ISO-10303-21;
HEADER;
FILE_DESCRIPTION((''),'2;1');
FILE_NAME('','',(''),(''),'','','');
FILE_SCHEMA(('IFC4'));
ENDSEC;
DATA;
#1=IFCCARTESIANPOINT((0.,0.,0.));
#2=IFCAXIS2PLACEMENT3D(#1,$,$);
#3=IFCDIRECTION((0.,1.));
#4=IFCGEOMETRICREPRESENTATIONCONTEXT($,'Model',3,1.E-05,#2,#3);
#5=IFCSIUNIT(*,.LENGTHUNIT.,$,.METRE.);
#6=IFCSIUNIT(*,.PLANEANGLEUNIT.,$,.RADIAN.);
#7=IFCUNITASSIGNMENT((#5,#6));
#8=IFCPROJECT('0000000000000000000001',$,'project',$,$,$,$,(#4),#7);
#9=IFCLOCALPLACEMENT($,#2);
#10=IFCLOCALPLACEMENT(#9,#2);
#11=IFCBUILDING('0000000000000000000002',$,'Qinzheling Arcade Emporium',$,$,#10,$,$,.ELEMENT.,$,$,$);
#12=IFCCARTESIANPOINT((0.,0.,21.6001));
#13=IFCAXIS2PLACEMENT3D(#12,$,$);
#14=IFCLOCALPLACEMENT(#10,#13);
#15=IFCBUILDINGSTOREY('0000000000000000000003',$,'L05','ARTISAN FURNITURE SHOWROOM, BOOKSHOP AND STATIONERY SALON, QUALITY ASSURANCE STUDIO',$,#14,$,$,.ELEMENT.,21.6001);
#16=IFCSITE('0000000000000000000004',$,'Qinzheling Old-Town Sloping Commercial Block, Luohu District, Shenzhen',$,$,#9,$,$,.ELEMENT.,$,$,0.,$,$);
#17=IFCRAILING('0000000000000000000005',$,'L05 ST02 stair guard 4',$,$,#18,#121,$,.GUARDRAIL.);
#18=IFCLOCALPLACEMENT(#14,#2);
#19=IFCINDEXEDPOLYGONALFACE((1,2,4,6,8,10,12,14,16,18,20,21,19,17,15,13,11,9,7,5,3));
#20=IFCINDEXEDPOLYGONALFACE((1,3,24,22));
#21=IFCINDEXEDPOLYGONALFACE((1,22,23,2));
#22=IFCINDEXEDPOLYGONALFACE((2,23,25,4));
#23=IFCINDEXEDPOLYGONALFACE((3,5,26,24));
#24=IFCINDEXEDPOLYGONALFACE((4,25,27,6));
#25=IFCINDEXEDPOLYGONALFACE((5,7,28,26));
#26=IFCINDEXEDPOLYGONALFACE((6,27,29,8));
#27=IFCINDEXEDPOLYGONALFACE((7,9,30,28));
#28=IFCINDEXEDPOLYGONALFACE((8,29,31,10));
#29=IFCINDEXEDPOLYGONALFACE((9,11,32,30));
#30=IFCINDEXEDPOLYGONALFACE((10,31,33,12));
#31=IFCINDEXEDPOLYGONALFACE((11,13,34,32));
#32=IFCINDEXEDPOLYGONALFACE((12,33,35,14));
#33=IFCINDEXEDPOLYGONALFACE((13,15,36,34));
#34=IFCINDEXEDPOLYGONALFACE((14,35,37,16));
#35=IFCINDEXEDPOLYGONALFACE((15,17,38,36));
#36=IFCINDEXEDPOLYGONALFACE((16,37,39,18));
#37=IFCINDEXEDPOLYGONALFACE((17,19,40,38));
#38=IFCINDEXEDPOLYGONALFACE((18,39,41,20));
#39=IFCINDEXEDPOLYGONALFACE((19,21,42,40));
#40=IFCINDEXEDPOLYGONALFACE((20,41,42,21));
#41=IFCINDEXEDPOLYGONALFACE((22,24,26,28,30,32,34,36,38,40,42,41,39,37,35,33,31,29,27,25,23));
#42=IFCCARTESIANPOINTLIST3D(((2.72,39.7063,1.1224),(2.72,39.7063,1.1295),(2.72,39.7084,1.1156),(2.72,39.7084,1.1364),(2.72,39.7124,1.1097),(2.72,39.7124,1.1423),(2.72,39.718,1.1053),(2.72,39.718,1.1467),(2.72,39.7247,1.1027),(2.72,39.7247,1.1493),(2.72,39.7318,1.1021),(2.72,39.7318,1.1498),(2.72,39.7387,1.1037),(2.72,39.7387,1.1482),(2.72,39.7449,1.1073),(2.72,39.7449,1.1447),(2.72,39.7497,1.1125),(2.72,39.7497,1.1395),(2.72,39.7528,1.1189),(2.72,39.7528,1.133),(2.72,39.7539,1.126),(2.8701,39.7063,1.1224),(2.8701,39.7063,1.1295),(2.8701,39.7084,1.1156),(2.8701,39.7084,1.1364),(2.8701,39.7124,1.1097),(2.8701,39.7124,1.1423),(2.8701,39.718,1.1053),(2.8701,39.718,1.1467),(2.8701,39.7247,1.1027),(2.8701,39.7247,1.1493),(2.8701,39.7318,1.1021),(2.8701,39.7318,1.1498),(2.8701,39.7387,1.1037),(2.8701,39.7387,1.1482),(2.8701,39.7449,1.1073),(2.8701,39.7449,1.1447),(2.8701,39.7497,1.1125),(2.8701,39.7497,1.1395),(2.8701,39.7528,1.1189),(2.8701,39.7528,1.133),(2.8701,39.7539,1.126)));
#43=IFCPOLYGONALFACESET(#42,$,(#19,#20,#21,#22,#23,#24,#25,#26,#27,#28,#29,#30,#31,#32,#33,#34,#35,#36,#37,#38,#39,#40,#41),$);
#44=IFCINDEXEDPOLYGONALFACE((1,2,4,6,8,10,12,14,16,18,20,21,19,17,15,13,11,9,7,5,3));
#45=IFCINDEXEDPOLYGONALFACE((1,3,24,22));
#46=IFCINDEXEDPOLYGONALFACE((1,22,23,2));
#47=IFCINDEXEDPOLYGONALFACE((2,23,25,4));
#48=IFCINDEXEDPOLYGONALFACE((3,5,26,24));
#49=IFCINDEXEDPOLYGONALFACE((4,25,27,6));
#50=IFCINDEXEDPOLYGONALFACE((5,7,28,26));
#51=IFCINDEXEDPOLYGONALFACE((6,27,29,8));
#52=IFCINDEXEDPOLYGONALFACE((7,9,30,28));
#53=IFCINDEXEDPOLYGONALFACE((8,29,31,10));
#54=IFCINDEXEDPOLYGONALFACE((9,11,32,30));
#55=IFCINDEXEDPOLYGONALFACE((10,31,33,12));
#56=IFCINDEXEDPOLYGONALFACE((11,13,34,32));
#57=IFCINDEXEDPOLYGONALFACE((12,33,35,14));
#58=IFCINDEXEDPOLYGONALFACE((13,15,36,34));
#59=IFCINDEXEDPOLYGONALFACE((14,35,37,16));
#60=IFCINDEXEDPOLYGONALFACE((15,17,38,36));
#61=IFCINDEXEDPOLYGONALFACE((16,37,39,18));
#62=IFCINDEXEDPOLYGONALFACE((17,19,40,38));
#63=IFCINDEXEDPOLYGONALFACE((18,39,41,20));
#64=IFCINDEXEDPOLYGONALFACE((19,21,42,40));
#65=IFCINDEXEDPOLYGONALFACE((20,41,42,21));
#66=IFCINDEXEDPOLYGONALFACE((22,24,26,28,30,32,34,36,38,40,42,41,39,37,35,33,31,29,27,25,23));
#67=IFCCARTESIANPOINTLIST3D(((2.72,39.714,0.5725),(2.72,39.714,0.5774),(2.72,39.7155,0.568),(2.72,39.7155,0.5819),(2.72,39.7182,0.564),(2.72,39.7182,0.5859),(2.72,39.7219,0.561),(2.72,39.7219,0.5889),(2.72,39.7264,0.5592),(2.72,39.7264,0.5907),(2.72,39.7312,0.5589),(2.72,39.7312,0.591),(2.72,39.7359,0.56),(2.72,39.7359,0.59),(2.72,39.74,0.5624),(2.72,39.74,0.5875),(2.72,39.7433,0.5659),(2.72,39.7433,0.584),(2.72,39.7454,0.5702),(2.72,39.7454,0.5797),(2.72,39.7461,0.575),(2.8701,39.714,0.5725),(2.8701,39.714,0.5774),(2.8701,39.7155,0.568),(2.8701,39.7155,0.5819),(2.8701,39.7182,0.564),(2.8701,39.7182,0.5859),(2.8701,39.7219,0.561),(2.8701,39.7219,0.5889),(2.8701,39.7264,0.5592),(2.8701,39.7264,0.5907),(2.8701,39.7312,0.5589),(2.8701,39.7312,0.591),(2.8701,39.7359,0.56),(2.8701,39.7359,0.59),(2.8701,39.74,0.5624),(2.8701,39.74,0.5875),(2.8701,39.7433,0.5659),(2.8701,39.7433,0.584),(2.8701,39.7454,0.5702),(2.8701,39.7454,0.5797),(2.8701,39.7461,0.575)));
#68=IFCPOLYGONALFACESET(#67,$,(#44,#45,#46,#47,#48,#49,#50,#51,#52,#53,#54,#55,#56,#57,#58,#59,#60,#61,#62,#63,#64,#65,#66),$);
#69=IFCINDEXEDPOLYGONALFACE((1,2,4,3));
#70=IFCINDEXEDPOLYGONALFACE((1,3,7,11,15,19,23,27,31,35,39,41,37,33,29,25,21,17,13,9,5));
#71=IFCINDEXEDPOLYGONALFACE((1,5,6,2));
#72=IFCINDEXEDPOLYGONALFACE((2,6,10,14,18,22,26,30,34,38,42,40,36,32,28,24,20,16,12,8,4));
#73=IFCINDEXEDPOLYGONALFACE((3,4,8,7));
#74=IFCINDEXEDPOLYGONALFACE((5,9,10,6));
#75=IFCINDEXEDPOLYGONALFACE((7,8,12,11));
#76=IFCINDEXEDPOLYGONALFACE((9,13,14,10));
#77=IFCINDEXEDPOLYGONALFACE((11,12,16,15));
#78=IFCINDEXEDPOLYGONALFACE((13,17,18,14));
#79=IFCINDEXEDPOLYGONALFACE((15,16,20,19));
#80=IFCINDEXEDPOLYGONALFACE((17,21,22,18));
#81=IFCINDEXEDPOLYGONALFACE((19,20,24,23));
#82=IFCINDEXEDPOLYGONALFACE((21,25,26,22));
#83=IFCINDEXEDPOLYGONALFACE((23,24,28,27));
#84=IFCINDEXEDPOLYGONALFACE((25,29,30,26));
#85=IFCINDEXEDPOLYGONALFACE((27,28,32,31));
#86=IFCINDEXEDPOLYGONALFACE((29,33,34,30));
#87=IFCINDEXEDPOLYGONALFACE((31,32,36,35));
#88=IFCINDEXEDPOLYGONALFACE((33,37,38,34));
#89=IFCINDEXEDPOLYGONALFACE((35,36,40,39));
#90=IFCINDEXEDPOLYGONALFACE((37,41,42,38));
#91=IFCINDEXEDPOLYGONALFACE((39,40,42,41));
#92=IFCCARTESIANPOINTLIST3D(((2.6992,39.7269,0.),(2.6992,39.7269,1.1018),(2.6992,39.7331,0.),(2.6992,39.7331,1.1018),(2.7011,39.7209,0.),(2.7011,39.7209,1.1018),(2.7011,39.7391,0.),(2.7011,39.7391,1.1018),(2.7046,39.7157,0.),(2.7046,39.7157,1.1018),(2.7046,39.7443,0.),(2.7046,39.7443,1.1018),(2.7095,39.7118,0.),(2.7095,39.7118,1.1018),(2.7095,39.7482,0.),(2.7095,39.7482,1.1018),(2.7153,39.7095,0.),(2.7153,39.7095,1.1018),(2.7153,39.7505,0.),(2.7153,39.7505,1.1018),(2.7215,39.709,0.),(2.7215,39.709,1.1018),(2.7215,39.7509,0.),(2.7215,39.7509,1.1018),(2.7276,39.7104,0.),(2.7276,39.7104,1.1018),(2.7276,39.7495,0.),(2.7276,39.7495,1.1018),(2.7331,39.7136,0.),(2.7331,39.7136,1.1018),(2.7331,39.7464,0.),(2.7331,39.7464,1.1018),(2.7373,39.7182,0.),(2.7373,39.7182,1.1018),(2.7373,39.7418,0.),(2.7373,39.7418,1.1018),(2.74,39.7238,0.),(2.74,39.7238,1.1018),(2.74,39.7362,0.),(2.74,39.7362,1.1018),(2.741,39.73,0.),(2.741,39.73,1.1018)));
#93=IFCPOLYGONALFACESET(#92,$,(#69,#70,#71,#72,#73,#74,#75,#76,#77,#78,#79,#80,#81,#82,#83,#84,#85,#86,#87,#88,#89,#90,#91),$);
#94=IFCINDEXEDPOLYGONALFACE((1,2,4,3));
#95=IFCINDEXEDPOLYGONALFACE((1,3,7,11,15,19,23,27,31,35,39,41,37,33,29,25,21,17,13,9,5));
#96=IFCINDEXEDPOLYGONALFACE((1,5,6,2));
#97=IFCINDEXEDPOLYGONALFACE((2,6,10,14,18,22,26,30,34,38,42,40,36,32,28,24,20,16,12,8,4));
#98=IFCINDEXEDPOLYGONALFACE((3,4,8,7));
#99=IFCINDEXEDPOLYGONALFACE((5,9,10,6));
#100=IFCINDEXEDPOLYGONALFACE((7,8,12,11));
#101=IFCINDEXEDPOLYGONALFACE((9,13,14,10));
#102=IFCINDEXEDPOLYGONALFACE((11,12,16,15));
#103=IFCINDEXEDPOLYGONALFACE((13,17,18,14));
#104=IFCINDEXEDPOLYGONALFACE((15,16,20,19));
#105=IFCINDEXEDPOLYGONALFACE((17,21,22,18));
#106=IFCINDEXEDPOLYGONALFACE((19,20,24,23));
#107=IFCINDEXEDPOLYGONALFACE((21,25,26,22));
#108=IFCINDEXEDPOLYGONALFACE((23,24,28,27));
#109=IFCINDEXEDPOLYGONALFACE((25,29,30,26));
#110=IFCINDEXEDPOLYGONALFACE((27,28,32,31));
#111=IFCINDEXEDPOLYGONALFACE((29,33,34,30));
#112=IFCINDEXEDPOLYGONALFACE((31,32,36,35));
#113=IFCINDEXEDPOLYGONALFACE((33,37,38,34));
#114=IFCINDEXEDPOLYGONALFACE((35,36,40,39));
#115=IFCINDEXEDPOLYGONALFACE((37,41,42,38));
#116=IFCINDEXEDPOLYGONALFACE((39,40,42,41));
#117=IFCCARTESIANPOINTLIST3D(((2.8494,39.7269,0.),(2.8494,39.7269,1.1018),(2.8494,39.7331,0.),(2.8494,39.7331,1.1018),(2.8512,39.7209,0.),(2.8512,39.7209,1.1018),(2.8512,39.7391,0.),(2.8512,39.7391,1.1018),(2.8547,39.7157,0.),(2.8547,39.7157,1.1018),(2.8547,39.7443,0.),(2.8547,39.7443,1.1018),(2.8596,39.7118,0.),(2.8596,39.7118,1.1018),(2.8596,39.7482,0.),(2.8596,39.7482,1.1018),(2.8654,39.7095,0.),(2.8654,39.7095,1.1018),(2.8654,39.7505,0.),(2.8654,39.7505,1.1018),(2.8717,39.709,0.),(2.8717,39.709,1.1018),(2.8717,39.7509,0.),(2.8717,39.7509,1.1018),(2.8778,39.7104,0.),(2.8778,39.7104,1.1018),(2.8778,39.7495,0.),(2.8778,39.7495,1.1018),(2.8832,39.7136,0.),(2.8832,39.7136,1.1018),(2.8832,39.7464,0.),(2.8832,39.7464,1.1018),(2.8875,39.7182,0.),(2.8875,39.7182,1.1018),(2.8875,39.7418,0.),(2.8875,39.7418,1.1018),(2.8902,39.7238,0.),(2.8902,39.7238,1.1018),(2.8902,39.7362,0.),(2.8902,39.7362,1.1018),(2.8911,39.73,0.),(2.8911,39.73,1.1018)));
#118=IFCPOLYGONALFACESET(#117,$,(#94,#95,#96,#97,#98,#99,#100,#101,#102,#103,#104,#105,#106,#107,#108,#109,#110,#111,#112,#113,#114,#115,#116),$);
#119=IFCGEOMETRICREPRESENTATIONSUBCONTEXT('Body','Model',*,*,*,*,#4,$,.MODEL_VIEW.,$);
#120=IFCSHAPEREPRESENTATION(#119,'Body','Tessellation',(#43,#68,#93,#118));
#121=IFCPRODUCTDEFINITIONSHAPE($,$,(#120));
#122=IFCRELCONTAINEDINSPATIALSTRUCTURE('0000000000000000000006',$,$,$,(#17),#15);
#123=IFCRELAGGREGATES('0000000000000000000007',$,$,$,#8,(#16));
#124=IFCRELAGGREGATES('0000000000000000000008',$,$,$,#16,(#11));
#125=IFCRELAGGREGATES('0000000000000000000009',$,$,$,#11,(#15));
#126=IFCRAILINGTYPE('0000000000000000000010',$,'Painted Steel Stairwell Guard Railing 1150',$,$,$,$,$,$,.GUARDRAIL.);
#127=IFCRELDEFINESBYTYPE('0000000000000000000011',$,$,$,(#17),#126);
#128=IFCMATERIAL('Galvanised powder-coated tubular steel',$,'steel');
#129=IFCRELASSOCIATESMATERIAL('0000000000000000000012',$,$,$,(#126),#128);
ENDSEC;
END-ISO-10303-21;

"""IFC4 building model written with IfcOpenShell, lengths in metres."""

from ifc_helpers import new_model, si_unit, direction, frame, origin, origin_2d, place, context, subcontext, project, spatial, circle, extrude, material, type_object, element, save


model = new_model("IFC4")

# Units and contexts
model_context = context("Model", 3, precision=1e-05, world=origin(), true_north=direction((0.0, 1.0)))
body_context = subcontext(model_context, "Body", "Model", "MODEL_VIEW")
ifc_project = project(units=[si_unit("LENGTHUNIT", "METRE"), si_unit("PLANEANGLEUNIT", "RADIAN")], contexts=[model_context])

# Site, building, storey
site_placement = place(None, origin())
site = spatial("IfcSite", under=ifc_project, at=site_placement, Name="Qinzheling Old-Town Sloping Commercial Block, Luohu District, Shenzhen", CompositionType="ELEMENT", RefElevation=0.0)
building_placement = place(site_placement, origin())
building = spatial("IfcBuilding", under=site, at=building_placement, Name="Qinzheling Arcade Emporium", CompositionType="ELEMENT")
storey_placement = place(building_placement, frame((0.0, 0.0, 21.6001)))
storey = spatial("IfcBuildingStorey", under=building, at=storey_placement, Name="L05", Description="ARTISAN FURNITURE SHOWROOM, BOOKSHOP AND STATIONERY SALON, QUALITY ASSURANCE STUDIO", CompositionType="ELEMENT", Elevation=21.6001)

# Railing
ifc_material_1 = material(Name="Galvanised powder-coated tubular steel", Category="steel")
railing_type_1 = type_object("IfcRailingType", Name="Painted Steel Stairwell Guard Railing 1150", PredefinedType="GUARDRAIL", material=ifc_material_1)
railing_1_placement = place(storey_placement, frame((2.72, 39.73, 0.0)))
element("IfcRailing", 1, at=railing_1_placement, inside=storey, type_object=railing_type_1, Name="L05 ST02 stair guard 4", PredefinedType="GUARDRAIL", context=body_context, shape_type="SweptSolid", body=[
    extrude(circle(Radius=0.0239, at=origin_2d()), frame((0.0, 0.0, 1.126), z_axis=(1.0, 0.0, 0.0), x_axis=(0.0, 1.0, 0.0)), (0.0, 0.0, 1.0), 0.1501),
    extrude(circle(Radius=0.0161, at=origin_2d()), frame((0.0, 0.0, 0.575), z_axis=(1.0, 0.0, 0.0), x_axis=(0.0, 1.0, 0.0)), (0.0, 0.0, 1.0), 0.1501),
    extrude(circle(Radius=0.021, at=origin_2d()), origin(), (0.0, 0.0, 1.0), 1.1018),
    extrude(circle(Radius=0.021, at=origin_2d()), frame((0.1501, 0.0, 0.0)), (0.0, 0.0, 1.0), 1.1018),
])

save(model, "model.ifc")
